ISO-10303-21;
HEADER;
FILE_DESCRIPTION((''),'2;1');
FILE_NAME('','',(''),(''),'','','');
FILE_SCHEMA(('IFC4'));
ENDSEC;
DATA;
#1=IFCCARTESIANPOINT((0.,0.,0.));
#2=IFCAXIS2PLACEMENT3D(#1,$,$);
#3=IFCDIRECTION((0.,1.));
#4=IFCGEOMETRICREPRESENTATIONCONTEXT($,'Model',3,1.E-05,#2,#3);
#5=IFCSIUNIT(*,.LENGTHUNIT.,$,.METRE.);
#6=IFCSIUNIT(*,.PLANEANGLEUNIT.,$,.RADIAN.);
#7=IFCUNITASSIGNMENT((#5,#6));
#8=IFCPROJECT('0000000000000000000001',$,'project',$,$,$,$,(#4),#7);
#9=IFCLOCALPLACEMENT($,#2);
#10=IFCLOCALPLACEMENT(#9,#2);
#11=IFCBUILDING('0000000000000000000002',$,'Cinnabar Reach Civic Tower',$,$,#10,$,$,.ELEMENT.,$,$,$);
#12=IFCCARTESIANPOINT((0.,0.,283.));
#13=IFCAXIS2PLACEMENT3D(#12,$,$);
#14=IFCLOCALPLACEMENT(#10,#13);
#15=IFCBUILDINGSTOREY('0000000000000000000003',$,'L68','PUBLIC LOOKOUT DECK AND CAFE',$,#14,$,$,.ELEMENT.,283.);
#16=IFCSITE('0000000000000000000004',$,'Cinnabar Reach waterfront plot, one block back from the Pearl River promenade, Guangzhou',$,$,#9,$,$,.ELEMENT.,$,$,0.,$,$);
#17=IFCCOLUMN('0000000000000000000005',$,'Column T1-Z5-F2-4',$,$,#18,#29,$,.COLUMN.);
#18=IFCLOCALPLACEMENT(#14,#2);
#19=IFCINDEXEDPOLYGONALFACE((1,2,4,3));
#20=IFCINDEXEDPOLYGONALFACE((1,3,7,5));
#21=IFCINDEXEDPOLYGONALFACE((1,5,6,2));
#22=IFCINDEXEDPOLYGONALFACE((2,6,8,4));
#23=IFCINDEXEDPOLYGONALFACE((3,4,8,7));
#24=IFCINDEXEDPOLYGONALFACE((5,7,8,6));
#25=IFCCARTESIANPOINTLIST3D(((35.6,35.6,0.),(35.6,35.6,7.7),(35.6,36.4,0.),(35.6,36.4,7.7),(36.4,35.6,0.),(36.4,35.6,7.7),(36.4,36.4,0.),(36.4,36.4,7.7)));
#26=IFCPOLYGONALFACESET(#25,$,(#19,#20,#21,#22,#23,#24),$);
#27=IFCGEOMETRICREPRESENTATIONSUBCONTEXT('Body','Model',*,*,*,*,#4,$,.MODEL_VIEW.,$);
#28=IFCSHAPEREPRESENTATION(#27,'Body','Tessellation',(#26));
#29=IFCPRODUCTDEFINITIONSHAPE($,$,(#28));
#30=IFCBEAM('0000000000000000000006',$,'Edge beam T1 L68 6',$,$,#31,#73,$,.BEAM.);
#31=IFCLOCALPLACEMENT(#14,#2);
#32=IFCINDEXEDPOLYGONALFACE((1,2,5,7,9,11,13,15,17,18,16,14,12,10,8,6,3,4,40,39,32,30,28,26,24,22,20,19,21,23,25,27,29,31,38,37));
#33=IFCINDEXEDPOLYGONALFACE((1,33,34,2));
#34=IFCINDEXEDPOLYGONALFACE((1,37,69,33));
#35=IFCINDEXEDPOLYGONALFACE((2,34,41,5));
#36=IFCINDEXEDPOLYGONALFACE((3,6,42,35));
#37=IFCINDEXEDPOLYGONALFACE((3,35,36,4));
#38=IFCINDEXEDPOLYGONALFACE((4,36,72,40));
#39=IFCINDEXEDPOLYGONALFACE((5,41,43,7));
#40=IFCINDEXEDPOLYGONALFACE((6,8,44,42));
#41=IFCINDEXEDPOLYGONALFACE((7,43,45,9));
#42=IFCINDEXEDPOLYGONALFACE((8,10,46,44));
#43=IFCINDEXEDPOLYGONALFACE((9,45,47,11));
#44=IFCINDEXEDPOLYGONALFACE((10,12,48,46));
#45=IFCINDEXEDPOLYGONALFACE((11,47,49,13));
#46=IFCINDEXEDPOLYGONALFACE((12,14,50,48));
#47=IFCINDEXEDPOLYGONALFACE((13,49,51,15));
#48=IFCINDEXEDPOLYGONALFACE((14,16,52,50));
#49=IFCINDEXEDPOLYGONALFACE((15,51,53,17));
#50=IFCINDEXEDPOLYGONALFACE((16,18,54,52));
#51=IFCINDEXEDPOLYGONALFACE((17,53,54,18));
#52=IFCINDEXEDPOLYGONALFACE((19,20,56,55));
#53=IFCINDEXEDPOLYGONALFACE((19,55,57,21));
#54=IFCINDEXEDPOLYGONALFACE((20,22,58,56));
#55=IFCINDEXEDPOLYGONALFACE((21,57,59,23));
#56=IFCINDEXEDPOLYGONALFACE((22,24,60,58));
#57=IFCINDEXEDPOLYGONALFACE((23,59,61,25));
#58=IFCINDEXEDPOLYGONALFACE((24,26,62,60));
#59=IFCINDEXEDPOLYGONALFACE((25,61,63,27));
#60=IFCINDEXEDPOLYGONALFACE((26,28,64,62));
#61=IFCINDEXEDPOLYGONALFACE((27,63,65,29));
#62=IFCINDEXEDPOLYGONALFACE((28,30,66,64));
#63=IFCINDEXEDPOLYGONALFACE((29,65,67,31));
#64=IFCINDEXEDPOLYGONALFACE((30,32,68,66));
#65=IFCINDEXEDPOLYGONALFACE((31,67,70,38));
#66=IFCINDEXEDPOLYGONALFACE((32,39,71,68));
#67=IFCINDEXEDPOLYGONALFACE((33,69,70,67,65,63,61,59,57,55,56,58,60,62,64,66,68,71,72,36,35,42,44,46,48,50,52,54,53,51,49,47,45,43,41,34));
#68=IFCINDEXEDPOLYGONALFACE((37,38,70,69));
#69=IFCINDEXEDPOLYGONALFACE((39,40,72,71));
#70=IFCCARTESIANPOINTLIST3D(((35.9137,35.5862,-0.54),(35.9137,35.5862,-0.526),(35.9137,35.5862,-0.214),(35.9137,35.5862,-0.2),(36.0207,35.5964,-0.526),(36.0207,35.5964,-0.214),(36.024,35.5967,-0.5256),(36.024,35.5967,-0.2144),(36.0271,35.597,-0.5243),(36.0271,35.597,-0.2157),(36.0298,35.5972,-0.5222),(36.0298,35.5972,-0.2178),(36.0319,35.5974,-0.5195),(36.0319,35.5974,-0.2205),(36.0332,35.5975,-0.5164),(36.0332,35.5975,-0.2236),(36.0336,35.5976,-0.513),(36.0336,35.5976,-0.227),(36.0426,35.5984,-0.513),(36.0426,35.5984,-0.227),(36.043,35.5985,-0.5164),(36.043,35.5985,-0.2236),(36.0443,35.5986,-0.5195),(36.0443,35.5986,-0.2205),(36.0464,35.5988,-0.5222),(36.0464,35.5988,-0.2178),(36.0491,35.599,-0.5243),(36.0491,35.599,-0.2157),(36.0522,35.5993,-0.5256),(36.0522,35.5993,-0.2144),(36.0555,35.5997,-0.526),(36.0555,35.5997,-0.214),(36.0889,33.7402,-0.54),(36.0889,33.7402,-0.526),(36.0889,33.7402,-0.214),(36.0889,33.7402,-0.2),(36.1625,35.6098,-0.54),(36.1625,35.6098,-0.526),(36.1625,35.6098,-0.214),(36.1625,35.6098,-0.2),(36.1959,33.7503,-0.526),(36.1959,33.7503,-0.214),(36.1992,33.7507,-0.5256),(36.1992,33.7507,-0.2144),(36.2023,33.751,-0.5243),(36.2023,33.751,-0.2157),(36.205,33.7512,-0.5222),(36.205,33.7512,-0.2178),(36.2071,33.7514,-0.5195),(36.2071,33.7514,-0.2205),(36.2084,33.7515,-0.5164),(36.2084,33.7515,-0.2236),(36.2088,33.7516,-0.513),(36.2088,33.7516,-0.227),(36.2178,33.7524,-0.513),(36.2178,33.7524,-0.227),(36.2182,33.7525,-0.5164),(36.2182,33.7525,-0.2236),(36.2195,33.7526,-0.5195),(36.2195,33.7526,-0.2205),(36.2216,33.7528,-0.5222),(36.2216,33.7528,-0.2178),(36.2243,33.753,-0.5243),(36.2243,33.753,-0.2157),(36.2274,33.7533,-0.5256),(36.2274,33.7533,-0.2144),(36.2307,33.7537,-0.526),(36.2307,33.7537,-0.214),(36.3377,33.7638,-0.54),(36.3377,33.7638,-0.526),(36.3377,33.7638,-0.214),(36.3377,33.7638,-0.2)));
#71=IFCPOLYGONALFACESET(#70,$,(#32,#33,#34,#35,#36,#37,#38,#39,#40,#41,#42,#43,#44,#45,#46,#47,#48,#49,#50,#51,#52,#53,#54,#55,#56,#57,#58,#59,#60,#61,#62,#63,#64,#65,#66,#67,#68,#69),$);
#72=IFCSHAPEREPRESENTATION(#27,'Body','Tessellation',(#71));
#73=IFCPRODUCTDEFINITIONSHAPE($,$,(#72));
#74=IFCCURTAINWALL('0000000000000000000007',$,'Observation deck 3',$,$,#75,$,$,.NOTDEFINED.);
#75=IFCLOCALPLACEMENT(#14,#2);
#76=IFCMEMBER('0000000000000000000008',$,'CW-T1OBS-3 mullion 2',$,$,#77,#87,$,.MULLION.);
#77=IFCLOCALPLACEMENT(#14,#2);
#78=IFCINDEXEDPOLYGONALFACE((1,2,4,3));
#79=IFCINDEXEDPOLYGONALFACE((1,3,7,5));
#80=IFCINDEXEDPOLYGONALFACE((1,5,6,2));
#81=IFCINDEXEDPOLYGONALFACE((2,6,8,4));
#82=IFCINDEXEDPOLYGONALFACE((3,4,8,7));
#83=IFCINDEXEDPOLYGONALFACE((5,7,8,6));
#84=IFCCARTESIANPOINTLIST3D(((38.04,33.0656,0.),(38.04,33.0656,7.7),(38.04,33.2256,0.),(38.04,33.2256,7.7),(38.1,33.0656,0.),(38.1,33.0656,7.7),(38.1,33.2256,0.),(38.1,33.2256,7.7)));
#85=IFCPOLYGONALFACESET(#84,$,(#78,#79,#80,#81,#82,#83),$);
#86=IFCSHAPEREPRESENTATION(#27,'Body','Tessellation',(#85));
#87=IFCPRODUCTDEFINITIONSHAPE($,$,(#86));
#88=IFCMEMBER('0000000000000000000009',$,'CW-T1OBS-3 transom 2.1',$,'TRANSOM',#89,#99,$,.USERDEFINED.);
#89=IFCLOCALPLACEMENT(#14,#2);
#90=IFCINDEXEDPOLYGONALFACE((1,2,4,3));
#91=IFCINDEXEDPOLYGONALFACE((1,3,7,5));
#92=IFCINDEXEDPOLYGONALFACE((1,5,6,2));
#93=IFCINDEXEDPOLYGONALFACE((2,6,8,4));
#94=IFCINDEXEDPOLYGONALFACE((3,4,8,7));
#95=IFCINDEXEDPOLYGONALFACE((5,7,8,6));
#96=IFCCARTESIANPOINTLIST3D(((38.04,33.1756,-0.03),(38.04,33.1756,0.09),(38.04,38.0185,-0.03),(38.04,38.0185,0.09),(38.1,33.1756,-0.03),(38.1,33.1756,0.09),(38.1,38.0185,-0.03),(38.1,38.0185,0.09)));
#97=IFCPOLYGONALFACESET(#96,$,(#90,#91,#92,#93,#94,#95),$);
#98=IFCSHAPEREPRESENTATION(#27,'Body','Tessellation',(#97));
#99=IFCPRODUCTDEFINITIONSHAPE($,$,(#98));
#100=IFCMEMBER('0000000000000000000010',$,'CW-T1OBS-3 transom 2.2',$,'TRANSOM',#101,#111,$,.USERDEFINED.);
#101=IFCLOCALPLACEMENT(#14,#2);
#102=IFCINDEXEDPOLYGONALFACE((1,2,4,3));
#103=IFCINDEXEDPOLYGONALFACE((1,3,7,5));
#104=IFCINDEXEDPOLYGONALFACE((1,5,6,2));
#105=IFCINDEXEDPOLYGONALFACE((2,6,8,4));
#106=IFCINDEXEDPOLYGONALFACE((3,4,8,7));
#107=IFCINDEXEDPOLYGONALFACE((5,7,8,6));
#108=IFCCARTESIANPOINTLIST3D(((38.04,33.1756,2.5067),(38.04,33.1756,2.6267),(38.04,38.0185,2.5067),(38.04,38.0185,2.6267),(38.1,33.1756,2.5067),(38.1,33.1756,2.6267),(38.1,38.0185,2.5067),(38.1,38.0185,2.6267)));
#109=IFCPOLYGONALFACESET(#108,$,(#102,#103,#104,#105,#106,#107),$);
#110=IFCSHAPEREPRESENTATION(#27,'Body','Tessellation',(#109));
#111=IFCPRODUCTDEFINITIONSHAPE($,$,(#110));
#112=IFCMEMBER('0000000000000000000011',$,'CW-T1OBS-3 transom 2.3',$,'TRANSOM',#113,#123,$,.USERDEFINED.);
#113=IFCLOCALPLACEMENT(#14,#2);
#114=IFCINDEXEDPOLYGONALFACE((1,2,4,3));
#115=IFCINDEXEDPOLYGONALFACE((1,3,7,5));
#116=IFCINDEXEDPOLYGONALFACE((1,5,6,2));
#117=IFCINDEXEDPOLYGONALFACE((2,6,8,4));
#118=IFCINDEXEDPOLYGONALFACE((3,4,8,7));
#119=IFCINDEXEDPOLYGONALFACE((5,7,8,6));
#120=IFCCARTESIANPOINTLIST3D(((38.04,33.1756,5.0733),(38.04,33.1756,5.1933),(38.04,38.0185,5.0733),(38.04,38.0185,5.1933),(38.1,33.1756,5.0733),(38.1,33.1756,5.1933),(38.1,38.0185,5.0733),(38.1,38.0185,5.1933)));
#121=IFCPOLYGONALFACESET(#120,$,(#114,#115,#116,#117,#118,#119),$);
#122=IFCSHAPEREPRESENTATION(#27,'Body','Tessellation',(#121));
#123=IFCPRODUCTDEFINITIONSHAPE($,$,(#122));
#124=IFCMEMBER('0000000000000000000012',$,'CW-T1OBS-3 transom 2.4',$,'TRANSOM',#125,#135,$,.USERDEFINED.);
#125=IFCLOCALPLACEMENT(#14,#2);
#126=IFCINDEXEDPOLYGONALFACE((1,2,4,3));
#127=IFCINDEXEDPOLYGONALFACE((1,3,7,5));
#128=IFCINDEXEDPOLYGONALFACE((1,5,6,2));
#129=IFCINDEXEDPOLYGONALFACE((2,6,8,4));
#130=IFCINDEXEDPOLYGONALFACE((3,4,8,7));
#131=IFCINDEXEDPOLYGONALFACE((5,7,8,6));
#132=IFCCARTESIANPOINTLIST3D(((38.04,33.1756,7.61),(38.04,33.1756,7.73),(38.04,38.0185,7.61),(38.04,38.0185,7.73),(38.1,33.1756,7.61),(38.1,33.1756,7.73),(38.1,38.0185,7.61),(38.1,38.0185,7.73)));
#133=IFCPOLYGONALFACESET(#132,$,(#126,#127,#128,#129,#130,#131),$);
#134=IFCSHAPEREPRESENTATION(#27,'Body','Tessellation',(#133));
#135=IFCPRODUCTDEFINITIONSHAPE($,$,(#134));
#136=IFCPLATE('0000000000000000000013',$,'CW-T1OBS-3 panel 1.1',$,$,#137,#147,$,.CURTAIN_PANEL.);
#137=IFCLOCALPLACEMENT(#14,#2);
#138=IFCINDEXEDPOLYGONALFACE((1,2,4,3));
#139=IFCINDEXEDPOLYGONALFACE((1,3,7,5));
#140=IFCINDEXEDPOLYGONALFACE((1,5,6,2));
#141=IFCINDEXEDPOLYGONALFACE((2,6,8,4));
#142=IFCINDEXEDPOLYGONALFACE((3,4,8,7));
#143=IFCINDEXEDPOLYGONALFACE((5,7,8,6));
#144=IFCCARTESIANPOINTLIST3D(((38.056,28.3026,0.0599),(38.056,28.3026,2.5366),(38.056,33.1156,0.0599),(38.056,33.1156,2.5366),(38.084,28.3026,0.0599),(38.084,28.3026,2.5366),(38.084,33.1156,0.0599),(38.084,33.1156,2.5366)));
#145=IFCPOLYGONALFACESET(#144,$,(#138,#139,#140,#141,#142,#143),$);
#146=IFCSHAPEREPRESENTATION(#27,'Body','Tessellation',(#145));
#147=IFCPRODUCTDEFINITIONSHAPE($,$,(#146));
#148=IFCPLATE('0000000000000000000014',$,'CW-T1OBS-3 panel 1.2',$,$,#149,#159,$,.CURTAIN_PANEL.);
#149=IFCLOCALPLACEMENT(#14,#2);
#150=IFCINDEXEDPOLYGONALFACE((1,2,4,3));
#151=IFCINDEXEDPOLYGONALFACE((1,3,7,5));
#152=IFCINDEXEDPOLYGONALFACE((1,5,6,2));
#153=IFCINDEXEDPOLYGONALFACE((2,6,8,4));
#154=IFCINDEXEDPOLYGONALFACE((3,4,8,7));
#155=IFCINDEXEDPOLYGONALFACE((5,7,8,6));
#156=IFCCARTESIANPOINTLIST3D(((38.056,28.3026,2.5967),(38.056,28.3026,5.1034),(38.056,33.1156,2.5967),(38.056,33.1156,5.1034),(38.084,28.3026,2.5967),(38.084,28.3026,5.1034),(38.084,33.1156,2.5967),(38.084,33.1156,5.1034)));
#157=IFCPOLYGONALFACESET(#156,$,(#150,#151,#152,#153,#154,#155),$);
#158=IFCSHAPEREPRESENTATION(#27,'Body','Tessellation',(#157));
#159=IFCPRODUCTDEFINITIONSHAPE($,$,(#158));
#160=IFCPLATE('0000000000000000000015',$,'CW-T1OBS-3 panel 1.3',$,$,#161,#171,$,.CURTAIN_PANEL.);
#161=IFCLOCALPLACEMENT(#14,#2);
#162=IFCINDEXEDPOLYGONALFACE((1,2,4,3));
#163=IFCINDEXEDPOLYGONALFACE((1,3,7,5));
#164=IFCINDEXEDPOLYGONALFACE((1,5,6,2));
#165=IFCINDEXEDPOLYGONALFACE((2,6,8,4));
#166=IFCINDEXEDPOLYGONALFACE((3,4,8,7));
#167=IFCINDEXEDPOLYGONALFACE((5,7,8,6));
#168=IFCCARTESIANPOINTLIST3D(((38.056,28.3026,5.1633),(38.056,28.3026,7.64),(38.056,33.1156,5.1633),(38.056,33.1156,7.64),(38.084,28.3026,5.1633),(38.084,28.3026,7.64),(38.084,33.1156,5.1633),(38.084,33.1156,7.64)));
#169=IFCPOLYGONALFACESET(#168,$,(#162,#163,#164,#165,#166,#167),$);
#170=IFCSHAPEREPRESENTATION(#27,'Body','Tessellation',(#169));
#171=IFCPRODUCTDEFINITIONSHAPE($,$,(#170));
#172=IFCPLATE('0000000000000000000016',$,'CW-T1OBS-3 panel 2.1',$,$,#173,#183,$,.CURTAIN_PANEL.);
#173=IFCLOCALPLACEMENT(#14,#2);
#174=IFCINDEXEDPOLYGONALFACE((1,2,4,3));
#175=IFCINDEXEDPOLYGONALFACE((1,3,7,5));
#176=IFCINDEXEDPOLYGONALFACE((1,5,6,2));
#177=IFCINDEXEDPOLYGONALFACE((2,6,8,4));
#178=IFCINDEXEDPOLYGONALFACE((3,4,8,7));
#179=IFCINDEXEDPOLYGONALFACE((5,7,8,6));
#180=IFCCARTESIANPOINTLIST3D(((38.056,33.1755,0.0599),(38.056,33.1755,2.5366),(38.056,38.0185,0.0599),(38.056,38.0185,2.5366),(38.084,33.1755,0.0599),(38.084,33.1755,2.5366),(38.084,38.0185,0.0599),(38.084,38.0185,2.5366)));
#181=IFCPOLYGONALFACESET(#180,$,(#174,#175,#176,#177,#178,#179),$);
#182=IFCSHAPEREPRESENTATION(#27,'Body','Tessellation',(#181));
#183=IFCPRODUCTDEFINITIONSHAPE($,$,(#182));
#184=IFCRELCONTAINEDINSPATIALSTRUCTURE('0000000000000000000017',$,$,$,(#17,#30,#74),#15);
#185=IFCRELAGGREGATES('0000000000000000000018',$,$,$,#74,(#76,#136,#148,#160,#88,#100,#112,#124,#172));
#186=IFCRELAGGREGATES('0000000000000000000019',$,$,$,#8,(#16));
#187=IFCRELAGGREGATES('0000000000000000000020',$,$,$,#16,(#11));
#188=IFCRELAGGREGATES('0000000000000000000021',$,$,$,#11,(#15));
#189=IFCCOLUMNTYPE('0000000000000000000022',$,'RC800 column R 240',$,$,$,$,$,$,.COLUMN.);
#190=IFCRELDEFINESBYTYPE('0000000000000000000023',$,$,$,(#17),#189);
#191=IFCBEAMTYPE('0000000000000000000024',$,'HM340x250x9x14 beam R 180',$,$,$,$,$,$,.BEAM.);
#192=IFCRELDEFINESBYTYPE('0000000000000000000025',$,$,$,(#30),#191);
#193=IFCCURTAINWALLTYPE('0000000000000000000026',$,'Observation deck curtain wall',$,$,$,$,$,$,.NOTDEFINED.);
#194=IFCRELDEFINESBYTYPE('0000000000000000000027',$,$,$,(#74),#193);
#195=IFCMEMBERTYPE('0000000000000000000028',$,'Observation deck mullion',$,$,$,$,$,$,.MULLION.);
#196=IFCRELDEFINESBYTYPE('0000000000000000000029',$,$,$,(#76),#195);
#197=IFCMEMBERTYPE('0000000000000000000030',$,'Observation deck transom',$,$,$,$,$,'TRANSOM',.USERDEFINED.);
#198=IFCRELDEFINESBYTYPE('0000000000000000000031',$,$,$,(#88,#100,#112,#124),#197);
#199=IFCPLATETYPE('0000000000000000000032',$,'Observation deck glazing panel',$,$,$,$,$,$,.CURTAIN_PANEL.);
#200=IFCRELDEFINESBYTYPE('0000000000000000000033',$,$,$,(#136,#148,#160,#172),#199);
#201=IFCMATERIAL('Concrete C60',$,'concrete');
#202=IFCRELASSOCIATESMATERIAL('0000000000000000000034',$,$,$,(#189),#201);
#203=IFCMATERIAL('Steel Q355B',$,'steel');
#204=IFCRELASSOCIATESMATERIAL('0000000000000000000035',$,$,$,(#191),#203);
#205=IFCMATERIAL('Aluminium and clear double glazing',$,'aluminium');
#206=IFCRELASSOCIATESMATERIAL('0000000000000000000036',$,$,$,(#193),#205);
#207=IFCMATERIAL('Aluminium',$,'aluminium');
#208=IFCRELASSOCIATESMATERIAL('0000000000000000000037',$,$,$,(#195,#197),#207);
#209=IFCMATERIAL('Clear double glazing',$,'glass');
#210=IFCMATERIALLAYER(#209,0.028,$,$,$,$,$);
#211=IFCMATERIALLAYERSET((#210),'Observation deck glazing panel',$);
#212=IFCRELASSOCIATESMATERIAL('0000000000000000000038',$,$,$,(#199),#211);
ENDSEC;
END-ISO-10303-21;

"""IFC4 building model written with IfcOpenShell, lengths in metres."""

from ifc_helpers import new_model, si_unit, direction, frame, origin, origin_2d, place, context, subcontext, project, spatial, rectangle, i_section, extrude, material, layer, layer_set, material_profile, profile_set, type_object, element, aggregate, save


model = new_model("IFC4")

# Units and contexts
model_context = context("Model", 3, precision=1e-05, world=origin(), true_north=direction((0.0, 1.0)))
body_context = subcontext(model_context, "Body", "Model", "MODEL_VIEW")
ifc_project = project(units=[si_unit("LENGTHUNIT", "METRE"), si_unit("PLANEANGLEUNIT", "RADIAN")], contexts=[model_context])

# Site, building, storey
site_placement = place(None, origin())
site = spatial("IfcSite", under=ifc_project, at=site_placement, Name="Cinnabar Reach waterfront plot, one block back from the Pearl River promenade, Guangzhou", CompositionType="ELEMENT", RefElevation=0.0)
building_placement = place(site_placement, origin())
building = spatial("IfcBuilding", under=site, at=building_placement, Name="Cinnabar Reach Civic Tower", CompositionType="ELEMENT")
storey_placement = place(building_placement, frame((0.0, 0.0, 283.0)))
storey = spatial("IfcBuildingStorey", under=building, at=storey_placement, Name="L68", Description="PUBLIC LOOKOUT DECK AND CAFE", CompositionType="ELEMENT", Elevation=283.0)

# Column
ifc_material_1 = material(Name="Concrete C60", Category="concrete")
ifc_material_profile_1 = material_profile(ifc_material_1, rectangle(XDim=0.8, YDim=0.8, at=origin_2d()), Name="RC800")
ifc_profile_set_1 = profile_set([ifc_material_profile_1], Name="Concrete C60")
column_type = type_object("IfcColumnType", Name="RC800 column R 240", PredefinedType="COLUMN", material=ifc_profile_set_1)
column_placement = place(storey_placement, frame((36.0, 36.0, 0.0), z_axis=(0.0, 0.0, 1.0), x_axis=(1.0, 0.0, 0.0)))
element("IfcColumn", 1, at=column_placement, inside=storey, type_object=column_type, Name="Column T1-Z5-F2-4", PredefinedType="COLUMN", context=body_context, shape_type="SweptSolid", body=[
    extrude(rectangle(XDim=0.8, YDim=0.8, at=origin_2d()), origin(), (0.0, 0.0, 1.0), 7.7),
])

# Beam
ifc_material_2 = material(Name="Steel Q355B", Category="steel")
ifc_material_profile_2 = material_profile(ifc_material_2, i_section(OverallWidth=0.25, OverallDepth=0.34, WebThickness=0.009, FlangeThickness=0.014, FilletRadius=0.013, at=origin_2d()), Name="HM340x250x9x14")
ifc_profile_set_2 = profile_set([ifc_material_profile_2], Name="Steel Q355B")
beam_type = type_object("IfcBeamType", Name="HM340x250x9x14 beam R 180", PredefinedType="BEAM", material=ifc_profile_set_2)
beam_placement = place(storey_placement, frame((36.2133, 33.752, -0.37), z_axis=(-0.094483, 0.995526, 0.0), x_axis=(-0.995526, -0.094483, 0.0)))
element("IfcBeam", 2, at=beam_placement, inside=storey, type_object=beam_type, Name="Edge beam T1 L68 6", PredefinedType="BEAM", context=body_context, shape_type="SweptSolid", body=[
    extrude(i_section(OverallWidth=0.25, OverallDepth=0.34, WebThickness=0.009, FlangeThickness=0.014, FilletRadius=0.013, at=origin_2d()), origin(), (0.0, 0.0, 1.0), 1.8543),
])

# Curtain wall, members, plates
ifc_material_3 = material(Name="Aluminium and clear double glazing", Category="aluminium")
curtain_wall_type = type_object("IfcCurtainWallType", Name="Observation deck curtain wall", PredefinedType="NOTDEFINED", material=ifc_material_3)
curtain_wall_placement = place(storey_placement, origin())
curtain_wall = element("IfcCurtainWall", 3, at=curtain_wall_placement, inside=storey, type_object=curtain_wall_type, Name="Observation deck 3", PredefinedType="NOTDEFINED")
ifc_material_4 = material(Name="Aluminium", Category="aluminium")
ifc_material_profile_3 = material_profile(ifc_material_4, rectangle(XDim=0.06, YDim=0.16, at=origin_2d()), Name="Observation deck mullion")
ifc_profile_set_3 = profile_set([ifc_material_profile_3], Name="Aluminium")
member_type_1 = type_object("IfcMemberType", Name="Observation deck mullion", PredefinedType="MULLION", material=ifc_profile_set_3)
member_1_placement = place(storey_placement, frame((38.07, 33.1456, 0.0), z_axis=(0.0, 0.0, 1.0), x_axis=(-1.0, 0.0, 0.0)))
member_1 = element("IfcMember", 4, at=member_1_placement, type_object=member_type_1, Name="CW-T1OBS-3 mullion 2", PredefinedType="MULLION", context=body_context, shape_type="SweptSolid", body=[
    extrude(rectangle(XDim=0.06, YDim=0.16, at=origin_2d()), origin(), (0.0, 0.0, 1.0), 7.7),
])
ifc_material_profile_4 = material_profile(ifc_material_4, rectangle(XDim=0.06, YDim=0.12, at=origin_2d()), Name="Observation deck transom")
ifc_profile_set_4 = profile_set([ifc_material_profile_4], Name="Aluminium")
member_type_2 = type_object("IfcMemberType", Name="Observation deck transom", ElementType="TRANSOM", PredefinedType="USERDEFINED", material=ifc_profile_set_4)
member_2_placement = place(storey_placement, frame((38.07, 33.1756, 0.03), z_axis=(0.0, 1.0, 0.0), x_axis=(-1.0, 0.0, 0.0)))
member_2 = element("IfcMember", 5, at=member_2_placement, type_object=member_type_2, Name="CW-T1OBS-3 transom 2.1", ObjectType="TRANSOM", PredefinedType="USERDEFINED", context=body_context, shape_type="SweptSolid", body=[
    extrude(rectangle(XDim=0.06, YDim=0.12, at=origin_2d()), origin(), (0.0, 0.0, 1.0), 4.8429),
])
member_3_placement = place(storey_placement, frame((38.07, 33.1756, 2.5667), z_axis=(0.0, 1.0, 0.0), x_axis=(-1.0, 0.0, 0.0)))
member_3 = element("IfcMember", 6, at=member_3_placement, type_object=member_type_2, Name="CW-T1OBS-3 transom 2.2", ObjectType="TRANSOM", PredefinedType="USERDEFINED", context=body_context, shape_type="SweptSolid", body=[
    extrude(rectangle(XDim=0.06, YDim=0.12, at=origin_2d()), origin(), (0.0, 0.0, 1.0), 4.8429),
])
member_4_placement = place(storey_placement, frame((38.07, 33.1756, 5.1333), z_axis=(0.0, 1.0, 0.0), x_axis=(-1.0, 0.0, 0.0)))
member_4 = element("IfcMember", 7, at=member_4_placement, type_object=member_type_2, Name="CW-T1OBS-3 transom 2.3", ObjectType="TRANSOM", PredefinedType="USERDEFINED", context=body_context, shape_type="SweptSolid", body=[
    extrude(rectangle(XDim=0.06, YDim=0.12, at=origin_2d()), origin(), (0.0, 0.0, 1.0), 4.8429),
])
member_5_placement = place(storey_placement, frame((38.07, 33.1756, 7.67), z_axis=(0.0, 1.0, 0.0), x_axis=(-1.0, 0.0, 0.0)))
member_5 = element("IfcMember", 8, at=member_5_placement, type_object=member_type_2, Name="CW-T1OBS-3 transom 2.4", ObjectType="TRANSOM", PredefinedType="USERDEFINED", context=body_context, shape_type="SweptSolid", body=[
    extrude(rectangle(XDim=0.06, YDim=0.12, at=origin_2d()), origin(), (0.0, 0.0, 1.0), 4.8429),
])
ifc_material_5 = material(Name="Clear double glazing", Category="glass")
ifc_layer_1 = layer(ifc_material_5, 0.028)
ifc_layer_set_1 = layer_set([ifc_layer_1], Name="Observation deck glazing panel")
plate_type = type_object("IfcPlateType", Name="Observation deck glazing panel", PredefinedType="CURTAIN_PANEL", material=ifc_layer_set_1)
plate_1_placement = place(storey_placement, frame((38.07, 30.7091, 0.0599), z_axis=(0.0, 0.0, 1.0), x_axis=(0.0, 1.0, 0.0)))
plate_1 = element("IfcPlate", 9, at=plate_1_placement, type_object=plate_type, Name="CW-T1OBS-3 panel 1.1", PredefinedType="CURTAIN_PANEL", context=body_context, shape_type="SweptSolid", body=[
    extrude(rectangle(XDim=4.813, YDim=0.028, at=origin_2d()), origin(), (0.0, 0.0, 1.0), 2.4767),
])
plate_2_placement = place(storey_placement, frame((38.07, 30.7091, 2.5967), z_axis=(0.0, 0.0, 1.0), x_axis=(0.0, 1.0, 0.0)))
plate_2 = element("IfcPlate", 10, at=plate_2_placement, type_object=plate_type, Name="CW-T1OBS-3 panel 1.2", PredefinedType="CURTAIN_PANEL", context=body_context, shape_type="SweptSolid", body=[
    extrude(rectangle(XDim=4.813, YDim=0.028, at=origin_2d()), origin(), (0.0, 0.0, 1.0), 2.5067),
])
plate_3_placement = place(storey_placement, frame((38.07, 30.7091, 5.1633), z_axis=(0.0, 0.0, 1.0), x_axis=(0.0, 1.0, 0.0)))
plate_3 = element("IfcPlate", 11, at=plate_3_placement, type_object=plate_type, Name="CW-T1OBS-3 panel 1.3", PredefinedType="CURTAIN_PANEL", context=body_context, shape_type="SweptSolid", body=[
    extrude(rectangle(XDim=4.813, YDim=0.028, at=origin_2d()), origin(), (0.0, 0.0, 1.0), 2.4767),
])
plate_4_placement = place(storey_placement, frame((38.07, 35.597, 0.0599), z_axis=(0.0, 0.0, 1.0), x_axis=(0.0, 1.0, 0.0)))
plate_4 = element("IfcPlate", 12, at=plate_4_placement, type_object=plate_type, Name="CW-T1OBS-3 panel 2.1", PredefinedType="CURTAIN_PANEL", context=body_context, shape_type="SweptSolid", body=[
    extrude(rectangle(XDim=4.843, YDim=0.028, at=origin_2d()), origin(), (0.0, 0.0, 1.0), 2.4767),
])
aggregate(curtain_wall, [member_1, plate_1, plate_2, plate_3, member_2, member_3, member_4, member_5, plate_4])

save(model, "model.ifc")
